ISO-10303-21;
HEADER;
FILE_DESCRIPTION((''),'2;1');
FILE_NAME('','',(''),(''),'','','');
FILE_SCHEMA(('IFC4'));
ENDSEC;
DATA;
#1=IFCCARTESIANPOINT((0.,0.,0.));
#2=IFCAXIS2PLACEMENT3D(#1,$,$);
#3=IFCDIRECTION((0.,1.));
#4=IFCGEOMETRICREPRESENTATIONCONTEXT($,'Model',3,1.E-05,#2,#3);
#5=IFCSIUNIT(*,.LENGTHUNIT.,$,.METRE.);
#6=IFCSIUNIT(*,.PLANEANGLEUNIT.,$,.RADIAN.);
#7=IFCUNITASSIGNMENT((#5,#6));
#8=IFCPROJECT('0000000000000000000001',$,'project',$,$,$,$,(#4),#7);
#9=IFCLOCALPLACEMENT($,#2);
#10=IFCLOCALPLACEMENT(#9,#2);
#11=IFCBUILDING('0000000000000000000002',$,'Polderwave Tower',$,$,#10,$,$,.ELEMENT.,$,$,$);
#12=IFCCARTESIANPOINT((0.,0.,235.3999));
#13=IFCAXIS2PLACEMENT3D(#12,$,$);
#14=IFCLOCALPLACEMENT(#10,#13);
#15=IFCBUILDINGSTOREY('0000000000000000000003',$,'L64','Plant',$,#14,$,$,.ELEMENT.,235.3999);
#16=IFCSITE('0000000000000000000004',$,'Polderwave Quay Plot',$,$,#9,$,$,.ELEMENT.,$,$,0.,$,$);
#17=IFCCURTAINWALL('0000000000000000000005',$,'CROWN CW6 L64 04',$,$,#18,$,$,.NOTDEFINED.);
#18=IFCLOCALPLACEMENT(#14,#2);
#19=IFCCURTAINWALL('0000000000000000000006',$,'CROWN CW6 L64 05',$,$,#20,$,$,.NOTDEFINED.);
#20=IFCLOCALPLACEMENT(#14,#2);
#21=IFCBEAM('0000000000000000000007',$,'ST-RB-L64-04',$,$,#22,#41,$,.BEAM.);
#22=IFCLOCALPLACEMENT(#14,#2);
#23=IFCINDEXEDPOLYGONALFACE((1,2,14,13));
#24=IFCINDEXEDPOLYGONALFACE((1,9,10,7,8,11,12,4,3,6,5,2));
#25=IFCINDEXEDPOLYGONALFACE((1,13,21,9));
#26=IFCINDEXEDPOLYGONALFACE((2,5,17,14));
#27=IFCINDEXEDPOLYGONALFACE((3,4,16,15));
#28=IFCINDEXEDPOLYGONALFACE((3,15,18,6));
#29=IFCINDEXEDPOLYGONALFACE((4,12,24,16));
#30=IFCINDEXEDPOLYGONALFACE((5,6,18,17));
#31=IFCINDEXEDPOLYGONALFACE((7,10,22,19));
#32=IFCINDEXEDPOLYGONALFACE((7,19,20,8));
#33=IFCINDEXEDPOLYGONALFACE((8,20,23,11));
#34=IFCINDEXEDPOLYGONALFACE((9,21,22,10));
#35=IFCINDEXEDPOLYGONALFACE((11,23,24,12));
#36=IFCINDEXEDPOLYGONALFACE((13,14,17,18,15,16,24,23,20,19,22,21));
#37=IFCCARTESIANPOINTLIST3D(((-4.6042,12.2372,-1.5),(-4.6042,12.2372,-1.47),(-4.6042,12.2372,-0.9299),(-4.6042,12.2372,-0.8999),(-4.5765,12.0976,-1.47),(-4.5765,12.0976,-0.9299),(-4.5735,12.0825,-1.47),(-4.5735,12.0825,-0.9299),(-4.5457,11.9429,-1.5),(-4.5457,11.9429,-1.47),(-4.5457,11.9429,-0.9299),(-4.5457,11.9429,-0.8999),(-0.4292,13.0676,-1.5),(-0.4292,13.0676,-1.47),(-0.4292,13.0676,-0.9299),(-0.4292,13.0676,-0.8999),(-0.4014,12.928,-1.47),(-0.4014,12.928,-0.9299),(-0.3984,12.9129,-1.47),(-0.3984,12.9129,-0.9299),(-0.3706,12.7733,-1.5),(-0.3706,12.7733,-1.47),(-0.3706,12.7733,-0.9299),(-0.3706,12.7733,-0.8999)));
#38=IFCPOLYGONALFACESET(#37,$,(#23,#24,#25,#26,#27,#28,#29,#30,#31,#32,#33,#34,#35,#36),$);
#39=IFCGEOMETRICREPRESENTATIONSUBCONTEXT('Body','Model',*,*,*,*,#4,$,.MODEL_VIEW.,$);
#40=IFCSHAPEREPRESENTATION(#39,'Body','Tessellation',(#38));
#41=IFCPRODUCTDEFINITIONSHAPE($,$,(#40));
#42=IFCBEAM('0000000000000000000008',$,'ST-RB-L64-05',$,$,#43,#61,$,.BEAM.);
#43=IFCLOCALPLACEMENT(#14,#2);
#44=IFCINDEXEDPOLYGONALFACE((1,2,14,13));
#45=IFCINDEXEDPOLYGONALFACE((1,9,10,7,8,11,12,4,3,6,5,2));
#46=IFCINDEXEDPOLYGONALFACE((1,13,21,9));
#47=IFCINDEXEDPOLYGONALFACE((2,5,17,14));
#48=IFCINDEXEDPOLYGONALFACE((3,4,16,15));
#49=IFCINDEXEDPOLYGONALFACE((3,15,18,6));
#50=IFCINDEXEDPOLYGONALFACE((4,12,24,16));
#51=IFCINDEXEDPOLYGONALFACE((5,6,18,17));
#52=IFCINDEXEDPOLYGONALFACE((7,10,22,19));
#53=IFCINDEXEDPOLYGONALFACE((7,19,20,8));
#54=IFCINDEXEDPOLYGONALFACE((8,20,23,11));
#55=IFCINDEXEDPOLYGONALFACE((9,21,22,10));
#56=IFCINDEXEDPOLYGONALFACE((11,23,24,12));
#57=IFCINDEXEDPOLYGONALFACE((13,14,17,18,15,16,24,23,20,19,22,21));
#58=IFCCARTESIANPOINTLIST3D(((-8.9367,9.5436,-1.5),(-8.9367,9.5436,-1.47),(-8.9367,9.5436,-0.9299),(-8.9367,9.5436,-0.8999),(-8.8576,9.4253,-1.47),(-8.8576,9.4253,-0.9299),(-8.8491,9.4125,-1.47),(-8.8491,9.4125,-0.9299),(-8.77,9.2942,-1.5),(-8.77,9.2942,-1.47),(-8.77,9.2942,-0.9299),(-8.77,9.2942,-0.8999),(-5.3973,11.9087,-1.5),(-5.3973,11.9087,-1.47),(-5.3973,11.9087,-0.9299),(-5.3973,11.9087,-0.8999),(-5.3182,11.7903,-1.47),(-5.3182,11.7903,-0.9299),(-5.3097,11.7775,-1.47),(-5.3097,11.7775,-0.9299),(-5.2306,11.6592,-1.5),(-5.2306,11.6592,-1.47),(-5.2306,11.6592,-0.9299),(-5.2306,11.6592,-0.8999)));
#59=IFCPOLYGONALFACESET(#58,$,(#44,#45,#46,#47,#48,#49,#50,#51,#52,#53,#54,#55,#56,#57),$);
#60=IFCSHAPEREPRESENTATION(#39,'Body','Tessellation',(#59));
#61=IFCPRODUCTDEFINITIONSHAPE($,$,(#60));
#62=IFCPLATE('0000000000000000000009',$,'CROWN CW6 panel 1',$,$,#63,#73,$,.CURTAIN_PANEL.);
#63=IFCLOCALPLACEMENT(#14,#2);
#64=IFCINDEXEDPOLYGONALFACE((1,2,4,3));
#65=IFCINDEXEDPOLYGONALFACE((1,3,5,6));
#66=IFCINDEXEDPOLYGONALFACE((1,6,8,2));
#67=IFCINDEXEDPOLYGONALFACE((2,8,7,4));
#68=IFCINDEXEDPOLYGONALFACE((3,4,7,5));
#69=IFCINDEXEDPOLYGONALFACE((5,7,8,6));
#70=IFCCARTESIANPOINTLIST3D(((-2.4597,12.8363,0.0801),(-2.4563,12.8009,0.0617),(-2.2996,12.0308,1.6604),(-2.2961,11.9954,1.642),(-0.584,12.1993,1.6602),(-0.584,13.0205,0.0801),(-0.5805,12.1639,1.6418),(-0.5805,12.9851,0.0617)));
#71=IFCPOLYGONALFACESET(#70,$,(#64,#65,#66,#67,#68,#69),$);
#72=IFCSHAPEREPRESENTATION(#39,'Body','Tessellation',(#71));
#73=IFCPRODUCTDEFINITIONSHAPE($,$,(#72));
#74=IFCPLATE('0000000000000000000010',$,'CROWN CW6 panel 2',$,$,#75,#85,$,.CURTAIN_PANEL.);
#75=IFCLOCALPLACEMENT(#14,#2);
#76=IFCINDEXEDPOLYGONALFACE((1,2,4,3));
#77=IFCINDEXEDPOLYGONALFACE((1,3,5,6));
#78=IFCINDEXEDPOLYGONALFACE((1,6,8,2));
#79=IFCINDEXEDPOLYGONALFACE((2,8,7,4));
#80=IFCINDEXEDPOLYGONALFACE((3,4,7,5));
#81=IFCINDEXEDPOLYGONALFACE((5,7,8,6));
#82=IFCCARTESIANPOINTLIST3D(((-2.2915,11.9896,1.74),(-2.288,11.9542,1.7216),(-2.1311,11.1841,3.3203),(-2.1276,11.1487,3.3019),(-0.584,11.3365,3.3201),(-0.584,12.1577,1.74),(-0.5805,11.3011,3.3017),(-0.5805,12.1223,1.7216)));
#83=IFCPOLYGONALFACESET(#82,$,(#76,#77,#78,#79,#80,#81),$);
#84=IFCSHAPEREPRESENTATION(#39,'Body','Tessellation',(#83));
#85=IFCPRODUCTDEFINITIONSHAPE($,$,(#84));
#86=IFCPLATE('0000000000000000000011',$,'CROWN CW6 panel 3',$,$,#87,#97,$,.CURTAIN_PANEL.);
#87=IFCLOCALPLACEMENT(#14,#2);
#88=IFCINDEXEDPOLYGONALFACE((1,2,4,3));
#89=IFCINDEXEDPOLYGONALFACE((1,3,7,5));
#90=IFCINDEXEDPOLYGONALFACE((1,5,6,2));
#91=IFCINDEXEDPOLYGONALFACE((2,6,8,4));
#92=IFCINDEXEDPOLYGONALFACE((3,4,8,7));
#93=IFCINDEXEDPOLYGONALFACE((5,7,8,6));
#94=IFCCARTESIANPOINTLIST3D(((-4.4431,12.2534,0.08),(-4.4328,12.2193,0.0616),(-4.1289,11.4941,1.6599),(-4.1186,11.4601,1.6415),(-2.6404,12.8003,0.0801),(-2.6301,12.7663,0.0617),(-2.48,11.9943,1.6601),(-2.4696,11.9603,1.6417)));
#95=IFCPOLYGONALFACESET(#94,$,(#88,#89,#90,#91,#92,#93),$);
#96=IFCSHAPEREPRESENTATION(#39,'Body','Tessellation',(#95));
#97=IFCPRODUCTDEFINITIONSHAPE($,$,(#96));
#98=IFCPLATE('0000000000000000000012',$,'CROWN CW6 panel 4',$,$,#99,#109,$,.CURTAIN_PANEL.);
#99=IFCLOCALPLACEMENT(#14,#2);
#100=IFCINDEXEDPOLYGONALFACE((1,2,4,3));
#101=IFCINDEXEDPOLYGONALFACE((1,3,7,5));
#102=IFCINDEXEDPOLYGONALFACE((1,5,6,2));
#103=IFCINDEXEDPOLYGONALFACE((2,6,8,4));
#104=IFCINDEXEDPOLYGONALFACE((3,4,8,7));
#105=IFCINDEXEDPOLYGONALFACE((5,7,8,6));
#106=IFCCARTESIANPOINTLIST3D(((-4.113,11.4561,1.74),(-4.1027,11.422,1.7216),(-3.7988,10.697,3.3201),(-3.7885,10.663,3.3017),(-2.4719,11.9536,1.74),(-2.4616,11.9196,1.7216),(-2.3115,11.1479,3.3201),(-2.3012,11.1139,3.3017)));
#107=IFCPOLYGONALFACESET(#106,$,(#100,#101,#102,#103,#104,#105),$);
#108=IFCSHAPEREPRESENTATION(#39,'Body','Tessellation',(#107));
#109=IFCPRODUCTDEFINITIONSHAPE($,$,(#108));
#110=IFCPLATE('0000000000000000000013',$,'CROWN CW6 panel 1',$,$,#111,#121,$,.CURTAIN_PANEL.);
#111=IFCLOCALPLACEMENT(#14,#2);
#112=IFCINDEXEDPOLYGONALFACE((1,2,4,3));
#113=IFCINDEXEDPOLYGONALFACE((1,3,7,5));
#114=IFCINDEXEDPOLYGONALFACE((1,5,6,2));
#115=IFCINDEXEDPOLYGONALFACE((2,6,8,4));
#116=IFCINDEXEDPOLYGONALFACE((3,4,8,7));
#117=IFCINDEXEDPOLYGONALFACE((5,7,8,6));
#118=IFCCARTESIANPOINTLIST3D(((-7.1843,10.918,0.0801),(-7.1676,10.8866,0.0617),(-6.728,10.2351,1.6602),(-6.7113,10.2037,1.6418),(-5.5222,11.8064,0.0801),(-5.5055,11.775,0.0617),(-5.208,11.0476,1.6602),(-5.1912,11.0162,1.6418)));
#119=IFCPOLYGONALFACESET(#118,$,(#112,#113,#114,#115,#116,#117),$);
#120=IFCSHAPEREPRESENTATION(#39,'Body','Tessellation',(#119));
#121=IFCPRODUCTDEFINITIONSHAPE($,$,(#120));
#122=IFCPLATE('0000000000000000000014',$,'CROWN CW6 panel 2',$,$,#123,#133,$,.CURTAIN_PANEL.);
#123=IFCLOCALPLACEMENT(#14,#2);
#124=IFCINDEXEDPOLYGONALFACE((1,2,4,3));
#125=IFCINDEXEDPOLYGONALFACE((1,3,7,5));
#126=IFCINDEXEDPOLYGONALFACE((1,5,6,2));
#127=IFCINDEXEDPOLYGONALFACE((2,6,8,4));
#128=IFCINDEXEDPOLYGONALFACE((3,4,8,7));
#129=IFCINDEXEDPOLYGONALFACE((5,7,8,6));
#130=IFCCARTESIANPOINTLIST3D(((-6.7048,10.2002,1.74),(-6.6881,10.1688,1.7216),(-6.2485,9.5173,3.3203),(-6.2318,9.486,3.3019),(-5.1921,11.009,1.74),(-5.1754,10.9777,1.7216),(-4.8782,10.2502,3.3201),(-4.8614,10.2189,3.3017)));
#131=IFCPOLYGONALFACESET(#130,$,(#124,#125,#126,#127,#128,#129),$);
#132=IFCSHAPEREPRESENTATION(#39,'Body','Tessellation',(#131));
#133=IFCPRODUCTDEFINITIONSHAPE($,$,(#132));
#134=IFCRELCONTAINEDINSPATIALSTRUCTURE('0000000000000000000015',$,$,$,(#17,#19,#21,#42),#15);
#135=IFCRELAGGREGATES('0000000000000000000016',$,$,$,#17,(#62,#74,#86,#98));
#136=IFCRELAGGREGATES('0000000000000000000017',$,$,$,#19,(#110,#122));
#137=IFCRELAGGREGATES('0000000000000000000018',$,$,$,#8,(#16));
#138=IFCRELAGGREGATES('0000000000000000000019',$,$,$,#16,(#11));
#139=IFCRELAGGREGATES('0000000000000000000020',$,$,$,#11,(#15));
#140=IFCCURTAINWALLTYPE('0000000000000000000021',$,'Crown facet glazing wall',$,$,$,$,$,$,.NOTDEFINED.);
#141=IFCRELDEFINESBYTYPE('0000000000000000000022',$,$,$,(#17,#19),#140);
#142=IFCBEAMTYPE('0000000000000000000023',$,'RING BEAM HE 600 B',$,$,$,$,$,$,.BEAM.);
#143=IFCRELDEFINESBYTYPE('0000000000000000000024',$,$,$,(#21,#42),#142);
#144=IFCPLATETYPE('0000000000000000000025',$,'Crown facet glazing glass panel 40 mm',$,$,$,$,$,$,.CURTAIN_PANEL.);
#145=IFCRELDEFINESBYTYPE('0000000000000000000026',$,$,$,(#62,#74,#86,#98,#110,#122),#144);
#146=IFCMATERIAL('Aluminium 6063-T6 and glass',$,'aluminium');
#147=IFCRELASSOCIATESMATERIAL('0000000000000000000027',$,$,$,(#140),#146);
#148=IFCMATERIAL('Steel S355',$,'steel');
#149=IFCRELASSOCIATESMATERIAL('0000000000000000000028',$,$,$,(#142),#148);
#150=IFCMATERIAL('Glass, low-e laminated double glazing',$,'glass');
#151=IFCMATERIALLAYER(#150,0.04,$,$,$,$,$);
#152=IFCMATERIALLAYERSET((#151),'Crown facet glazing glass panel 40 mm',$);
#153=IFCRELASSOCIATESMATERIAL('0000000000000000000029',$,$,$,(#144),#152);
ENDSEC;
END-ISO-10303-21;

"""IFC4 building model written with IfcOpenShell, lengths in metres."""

from ifc_helpers import new_model, si_unit, direction, frame, origin, origin_2d, place, context, subcontext, project, spatial, polyline, i_section, outline, extrude, material, layer, layer_set, material_profile, profile_set, type_object, element, aggregate, save


model = new_model("IFC4")

# Units and contexts
model_context = context("Model", 3, precision=1e-05, world=origin(), true_north=direction((0.0, 1.0)))
body_context = subcontext(model_context, "Body", "Model", "MODEL_VIEW")
ifc_project = project(units=[si_unit("LENGTHUNIT", "METRE"), si_unit("PLANEANGLEUNIT", "RADIAN")], contexts=[model_context])

# Site, building, storey
site_placement = place(None, origin())
site = spatial("IfcSite", under=ifc_project, at=site_placement, Name="Polderwave Quay Plot", CompositionType="ELEMENT", RefElevation=0.0)
building_placement = place(site_placement, origin())
building = spatial("IfcBuilding", under=site, at=building_placement, Name="Polderwave Tower", CompositionType="ELEMENT")
storey_placement = place(building_placement, frame((0.0, 0.0, 235.3999)))
storey = spatial("IfcBuildingStorey", under=building, at=storey_placement, Name="L64", Description="Plant", CompositionType="ELEMENT", Elevation=235.3999)

# Curtain wall
ifc_material_1 = material(Name="Aluminium 6063-T6 and glass", Category="aluminium")
curtain_wall_type = type_object("IfcCurtainWallType", Name="Crown facet glazing wall", PredefinedType="NOTDEFINED", material=ifc_material_1)
curtain_wall_1_placement = place(storey_placement, origin())
curtain_wall_1 = element("IfcCurtainWall", 1, at=curtain_wall_1_placement, inside=storey, type_object=curtain_wall_type, Name="CROWN CW6 L64 04", PredefinedType="NOTDEFINED")

# Curtain wall
curtain_wall_2_placement = place(storey_placement, origin())
curtain_wall_2 = element("IfcCurtainWall", 2, at=curtain_wall_2_placement, inside=storey, type_object=curtain_wall_type, Name="CROWN CW6 L64 05", PredefinedType="NOTDEFINED")

# Beams
ifc_material_2 = material(Name="Steel S355", Category="steel")
ifc_material_profile_1 = material_profile(ifc_material_2, i_section(OverallWidth=0.3, OverallDepth=0.6001, WebThickness=0.0154, FlangeThickness=0.03, at=origin_2d()), Name="HE 600 B")
ifc_profile_set_1 = profile_set([ifc_material_profile_1], Name="Steel S355")
beam_type = type_object("IfcBeamType", Name="RING BEAM HE 600 B", PredefinedType="BEAM", material=ifc_profile_set_1)
for number, where, z_axis, x_axis, name in (
    (3, (-0.3999, 12.9204, -1.2), (-0.980792, -0.195057, 0.0), (0.195057, -0.980792, 0.0), "ST-RB-L64-04"),
    (4, (-5.314, 11.7839, -1.2), (-0.831459, -0.555587, 0.0), (0.555587, -0.831459, 0.0), "ST-RB-L64-05"),
):
    element("IfcBeam", number, at=place(storey_placement, frame(where, z_axis=z_axis, x_axis=x_axis)), inside=storey, type_object=beam_type, Name=name, PredefinedType="BEAM", context=body_context, shape_type="SweptSolid", body=[
        extrude(i_section(OverallWidth=0.3, OverallDepth=0.6001, WebThickness=0.0154, FlangeThickness=0.03, at=origin_2d()), origin(), (0.0, 0.0, 1.0), 4.2568),
    ])

# Plates
ifc_material_3 = material(Name="Glass, low-e laminated double glazing", Category="glass")
ifc_layer = layer(ifc_material_3, 0.04)
ifc_layer_set = layer_set([ifc_layer], Name="Crown facet glazing glass panel 40 mm")
plate_type = type_object("IfcPlateType", Name="Crown facet glazing glass panel 40 mm", PredefinedType="CURTAIN_PANEL", material=ifc_layer_set)
plate_1_placement = place(storey_placement, frame((-0.584, 13.0205, 0.0801), z_axis=(-0.086804, 0.883979, 0.459397), x_axis=(-0.995212, -0.097742, 0.000029)))
plate_1 = element("IfcPlate", 5, at=plate_1_placement, type_object=plate_type, Name="CROWN CW6 panel 1", PredefinedType="CURTAIN_PANEL", context=body_context, shape_type="SweptSolid", body=[
    extrude(outline(polyline([(0.0, 0.0), (1.8848, 0.0), (1.8041, 1.7791), (0.0803, 1.779), (0.0, 0.0)])), origin(), (0.0, 0.0, -1.0), 0.04),
])
plate_2_placement = place(storey_placement, frame((-0.584, 12.1577, 1.74), z_axis=(-0.087028, 0.883954, 0.459403), x_axis=(-0.995187, -0.097992, 0.000024)))
plate_2 = element("IfcPlate", 6, at=plate_2_placement, type_object=plate_type, Name="CROWN CW6 panel 2", PredefinedType="CURTAIN_PANEL", context=body_context, shape_type="SweptSolid", body=[
    extrude(outline(polyline([(0.0, 0.0), (1.7158, 0.0), (1.6351, 1.7791), (0.0805, 1.779), (0.0, 0.0)])), origin(), (0.0, 0.0, -1.0), 0.04),
])
plate_3_placement = place(storey_placement, frame((-2.6404, 12.8003, 0.0801), z_axis=(-0.257844, 0.849834, 0.459672), x_axis=(-0.956927, -0.290327, -0.000017)))
plate_3 = element("IfcPlate", 7, at=plate_3_placement, type_object=plate_type, Name="CROWN CW6 panel 3", PredefinedType="CURTAIN_PANEL", context=body_context, shape_type="SweptSolid", body=[
    extrude(outline(polyline([(0.0, 0.0), (1.8839, 0.0), (1.8036, 1.7789), (0.0805, 1.7792), (0.0, 0.0)])), origin(), (0.0, 0.0, -1.0), 0.04),
])
plate_4_placement = place(storey_placement, frame((-2.4719, 11.9536, 1.74), z_axis=(-0.257692, 0.849951, 0.45954), x_axis=(-0.956984, -0.290142, 0.0)))
plate_4 = element("IfcPlate", 8, at=plate_4_placement, type_object=plate_type, Name="CROWN CW6 panel 4", PredefinedType="CURTAIN_PANEL", context=body_context, shape_type="SweptSolid", body=[
    extrude(outline(polyline([(0.0, 0.0), (1.7149, 0.0), (1.6344, 1.7791), (0.0803, 1.7791), (0.0, 0.0)])), origin(), (0.0, 0.0, -1.0), 0.04),
])
aggregate(curtain_wall_1, [plate_1, plate_2, plate_3, plate_4])
plate_5_placement = place(storey_placement, frame((-5.5222, 11.8064, 0.0801), z_axis=(-0.418707, 0.783326, 0.459439), x_axis=(-0.881917, -0.471405, -0.000002)))
plate_5 = element("IfcPlate", 9, at=plate_5_placement, type_object=plate_type, Name="CROWN CW6 panel 1", PredefinedType="CURTAIN_PANEL", context=body_context, shape_type="SweptSolid", body=[
    extrude(outline(polyline([(0.0, 0.0), (1.8847, 0.0), (1.8041, 1.779), (0.0806, 1.7789), (0.0, 0.0)])), origin(), (0.0, 0.0, -1.0), 0.04),
])
plate_6_placement = place(storey_placement, frame((-5.1921, 11.009, 1.74), z_axis=(-0.418834, 0.78329, 0.459386), x_axis=(-0.881849, -0.471533, -0.000004)))
plate_6 = element("IfcPlate", 10, at=plate_6_placement, type_object=plate_type, Name="CROWN CW6 panel 2", PredefinedType="CURTAIN_PANEL", context=body_context, shape_type="SweptSolid", body=[
    extrude(outline(polyline([(0.0, 0.0), (1.7154, 0.0), (1.635, 1.7792), (0.0809, 1.7789), (0.0, 0.0)])), origin(), (0.0, 0.0, -1.0), 0.04),
])
aggregate(curtain_wall_2, [plate_5, plate_6])

save(model, "model.ifc")
